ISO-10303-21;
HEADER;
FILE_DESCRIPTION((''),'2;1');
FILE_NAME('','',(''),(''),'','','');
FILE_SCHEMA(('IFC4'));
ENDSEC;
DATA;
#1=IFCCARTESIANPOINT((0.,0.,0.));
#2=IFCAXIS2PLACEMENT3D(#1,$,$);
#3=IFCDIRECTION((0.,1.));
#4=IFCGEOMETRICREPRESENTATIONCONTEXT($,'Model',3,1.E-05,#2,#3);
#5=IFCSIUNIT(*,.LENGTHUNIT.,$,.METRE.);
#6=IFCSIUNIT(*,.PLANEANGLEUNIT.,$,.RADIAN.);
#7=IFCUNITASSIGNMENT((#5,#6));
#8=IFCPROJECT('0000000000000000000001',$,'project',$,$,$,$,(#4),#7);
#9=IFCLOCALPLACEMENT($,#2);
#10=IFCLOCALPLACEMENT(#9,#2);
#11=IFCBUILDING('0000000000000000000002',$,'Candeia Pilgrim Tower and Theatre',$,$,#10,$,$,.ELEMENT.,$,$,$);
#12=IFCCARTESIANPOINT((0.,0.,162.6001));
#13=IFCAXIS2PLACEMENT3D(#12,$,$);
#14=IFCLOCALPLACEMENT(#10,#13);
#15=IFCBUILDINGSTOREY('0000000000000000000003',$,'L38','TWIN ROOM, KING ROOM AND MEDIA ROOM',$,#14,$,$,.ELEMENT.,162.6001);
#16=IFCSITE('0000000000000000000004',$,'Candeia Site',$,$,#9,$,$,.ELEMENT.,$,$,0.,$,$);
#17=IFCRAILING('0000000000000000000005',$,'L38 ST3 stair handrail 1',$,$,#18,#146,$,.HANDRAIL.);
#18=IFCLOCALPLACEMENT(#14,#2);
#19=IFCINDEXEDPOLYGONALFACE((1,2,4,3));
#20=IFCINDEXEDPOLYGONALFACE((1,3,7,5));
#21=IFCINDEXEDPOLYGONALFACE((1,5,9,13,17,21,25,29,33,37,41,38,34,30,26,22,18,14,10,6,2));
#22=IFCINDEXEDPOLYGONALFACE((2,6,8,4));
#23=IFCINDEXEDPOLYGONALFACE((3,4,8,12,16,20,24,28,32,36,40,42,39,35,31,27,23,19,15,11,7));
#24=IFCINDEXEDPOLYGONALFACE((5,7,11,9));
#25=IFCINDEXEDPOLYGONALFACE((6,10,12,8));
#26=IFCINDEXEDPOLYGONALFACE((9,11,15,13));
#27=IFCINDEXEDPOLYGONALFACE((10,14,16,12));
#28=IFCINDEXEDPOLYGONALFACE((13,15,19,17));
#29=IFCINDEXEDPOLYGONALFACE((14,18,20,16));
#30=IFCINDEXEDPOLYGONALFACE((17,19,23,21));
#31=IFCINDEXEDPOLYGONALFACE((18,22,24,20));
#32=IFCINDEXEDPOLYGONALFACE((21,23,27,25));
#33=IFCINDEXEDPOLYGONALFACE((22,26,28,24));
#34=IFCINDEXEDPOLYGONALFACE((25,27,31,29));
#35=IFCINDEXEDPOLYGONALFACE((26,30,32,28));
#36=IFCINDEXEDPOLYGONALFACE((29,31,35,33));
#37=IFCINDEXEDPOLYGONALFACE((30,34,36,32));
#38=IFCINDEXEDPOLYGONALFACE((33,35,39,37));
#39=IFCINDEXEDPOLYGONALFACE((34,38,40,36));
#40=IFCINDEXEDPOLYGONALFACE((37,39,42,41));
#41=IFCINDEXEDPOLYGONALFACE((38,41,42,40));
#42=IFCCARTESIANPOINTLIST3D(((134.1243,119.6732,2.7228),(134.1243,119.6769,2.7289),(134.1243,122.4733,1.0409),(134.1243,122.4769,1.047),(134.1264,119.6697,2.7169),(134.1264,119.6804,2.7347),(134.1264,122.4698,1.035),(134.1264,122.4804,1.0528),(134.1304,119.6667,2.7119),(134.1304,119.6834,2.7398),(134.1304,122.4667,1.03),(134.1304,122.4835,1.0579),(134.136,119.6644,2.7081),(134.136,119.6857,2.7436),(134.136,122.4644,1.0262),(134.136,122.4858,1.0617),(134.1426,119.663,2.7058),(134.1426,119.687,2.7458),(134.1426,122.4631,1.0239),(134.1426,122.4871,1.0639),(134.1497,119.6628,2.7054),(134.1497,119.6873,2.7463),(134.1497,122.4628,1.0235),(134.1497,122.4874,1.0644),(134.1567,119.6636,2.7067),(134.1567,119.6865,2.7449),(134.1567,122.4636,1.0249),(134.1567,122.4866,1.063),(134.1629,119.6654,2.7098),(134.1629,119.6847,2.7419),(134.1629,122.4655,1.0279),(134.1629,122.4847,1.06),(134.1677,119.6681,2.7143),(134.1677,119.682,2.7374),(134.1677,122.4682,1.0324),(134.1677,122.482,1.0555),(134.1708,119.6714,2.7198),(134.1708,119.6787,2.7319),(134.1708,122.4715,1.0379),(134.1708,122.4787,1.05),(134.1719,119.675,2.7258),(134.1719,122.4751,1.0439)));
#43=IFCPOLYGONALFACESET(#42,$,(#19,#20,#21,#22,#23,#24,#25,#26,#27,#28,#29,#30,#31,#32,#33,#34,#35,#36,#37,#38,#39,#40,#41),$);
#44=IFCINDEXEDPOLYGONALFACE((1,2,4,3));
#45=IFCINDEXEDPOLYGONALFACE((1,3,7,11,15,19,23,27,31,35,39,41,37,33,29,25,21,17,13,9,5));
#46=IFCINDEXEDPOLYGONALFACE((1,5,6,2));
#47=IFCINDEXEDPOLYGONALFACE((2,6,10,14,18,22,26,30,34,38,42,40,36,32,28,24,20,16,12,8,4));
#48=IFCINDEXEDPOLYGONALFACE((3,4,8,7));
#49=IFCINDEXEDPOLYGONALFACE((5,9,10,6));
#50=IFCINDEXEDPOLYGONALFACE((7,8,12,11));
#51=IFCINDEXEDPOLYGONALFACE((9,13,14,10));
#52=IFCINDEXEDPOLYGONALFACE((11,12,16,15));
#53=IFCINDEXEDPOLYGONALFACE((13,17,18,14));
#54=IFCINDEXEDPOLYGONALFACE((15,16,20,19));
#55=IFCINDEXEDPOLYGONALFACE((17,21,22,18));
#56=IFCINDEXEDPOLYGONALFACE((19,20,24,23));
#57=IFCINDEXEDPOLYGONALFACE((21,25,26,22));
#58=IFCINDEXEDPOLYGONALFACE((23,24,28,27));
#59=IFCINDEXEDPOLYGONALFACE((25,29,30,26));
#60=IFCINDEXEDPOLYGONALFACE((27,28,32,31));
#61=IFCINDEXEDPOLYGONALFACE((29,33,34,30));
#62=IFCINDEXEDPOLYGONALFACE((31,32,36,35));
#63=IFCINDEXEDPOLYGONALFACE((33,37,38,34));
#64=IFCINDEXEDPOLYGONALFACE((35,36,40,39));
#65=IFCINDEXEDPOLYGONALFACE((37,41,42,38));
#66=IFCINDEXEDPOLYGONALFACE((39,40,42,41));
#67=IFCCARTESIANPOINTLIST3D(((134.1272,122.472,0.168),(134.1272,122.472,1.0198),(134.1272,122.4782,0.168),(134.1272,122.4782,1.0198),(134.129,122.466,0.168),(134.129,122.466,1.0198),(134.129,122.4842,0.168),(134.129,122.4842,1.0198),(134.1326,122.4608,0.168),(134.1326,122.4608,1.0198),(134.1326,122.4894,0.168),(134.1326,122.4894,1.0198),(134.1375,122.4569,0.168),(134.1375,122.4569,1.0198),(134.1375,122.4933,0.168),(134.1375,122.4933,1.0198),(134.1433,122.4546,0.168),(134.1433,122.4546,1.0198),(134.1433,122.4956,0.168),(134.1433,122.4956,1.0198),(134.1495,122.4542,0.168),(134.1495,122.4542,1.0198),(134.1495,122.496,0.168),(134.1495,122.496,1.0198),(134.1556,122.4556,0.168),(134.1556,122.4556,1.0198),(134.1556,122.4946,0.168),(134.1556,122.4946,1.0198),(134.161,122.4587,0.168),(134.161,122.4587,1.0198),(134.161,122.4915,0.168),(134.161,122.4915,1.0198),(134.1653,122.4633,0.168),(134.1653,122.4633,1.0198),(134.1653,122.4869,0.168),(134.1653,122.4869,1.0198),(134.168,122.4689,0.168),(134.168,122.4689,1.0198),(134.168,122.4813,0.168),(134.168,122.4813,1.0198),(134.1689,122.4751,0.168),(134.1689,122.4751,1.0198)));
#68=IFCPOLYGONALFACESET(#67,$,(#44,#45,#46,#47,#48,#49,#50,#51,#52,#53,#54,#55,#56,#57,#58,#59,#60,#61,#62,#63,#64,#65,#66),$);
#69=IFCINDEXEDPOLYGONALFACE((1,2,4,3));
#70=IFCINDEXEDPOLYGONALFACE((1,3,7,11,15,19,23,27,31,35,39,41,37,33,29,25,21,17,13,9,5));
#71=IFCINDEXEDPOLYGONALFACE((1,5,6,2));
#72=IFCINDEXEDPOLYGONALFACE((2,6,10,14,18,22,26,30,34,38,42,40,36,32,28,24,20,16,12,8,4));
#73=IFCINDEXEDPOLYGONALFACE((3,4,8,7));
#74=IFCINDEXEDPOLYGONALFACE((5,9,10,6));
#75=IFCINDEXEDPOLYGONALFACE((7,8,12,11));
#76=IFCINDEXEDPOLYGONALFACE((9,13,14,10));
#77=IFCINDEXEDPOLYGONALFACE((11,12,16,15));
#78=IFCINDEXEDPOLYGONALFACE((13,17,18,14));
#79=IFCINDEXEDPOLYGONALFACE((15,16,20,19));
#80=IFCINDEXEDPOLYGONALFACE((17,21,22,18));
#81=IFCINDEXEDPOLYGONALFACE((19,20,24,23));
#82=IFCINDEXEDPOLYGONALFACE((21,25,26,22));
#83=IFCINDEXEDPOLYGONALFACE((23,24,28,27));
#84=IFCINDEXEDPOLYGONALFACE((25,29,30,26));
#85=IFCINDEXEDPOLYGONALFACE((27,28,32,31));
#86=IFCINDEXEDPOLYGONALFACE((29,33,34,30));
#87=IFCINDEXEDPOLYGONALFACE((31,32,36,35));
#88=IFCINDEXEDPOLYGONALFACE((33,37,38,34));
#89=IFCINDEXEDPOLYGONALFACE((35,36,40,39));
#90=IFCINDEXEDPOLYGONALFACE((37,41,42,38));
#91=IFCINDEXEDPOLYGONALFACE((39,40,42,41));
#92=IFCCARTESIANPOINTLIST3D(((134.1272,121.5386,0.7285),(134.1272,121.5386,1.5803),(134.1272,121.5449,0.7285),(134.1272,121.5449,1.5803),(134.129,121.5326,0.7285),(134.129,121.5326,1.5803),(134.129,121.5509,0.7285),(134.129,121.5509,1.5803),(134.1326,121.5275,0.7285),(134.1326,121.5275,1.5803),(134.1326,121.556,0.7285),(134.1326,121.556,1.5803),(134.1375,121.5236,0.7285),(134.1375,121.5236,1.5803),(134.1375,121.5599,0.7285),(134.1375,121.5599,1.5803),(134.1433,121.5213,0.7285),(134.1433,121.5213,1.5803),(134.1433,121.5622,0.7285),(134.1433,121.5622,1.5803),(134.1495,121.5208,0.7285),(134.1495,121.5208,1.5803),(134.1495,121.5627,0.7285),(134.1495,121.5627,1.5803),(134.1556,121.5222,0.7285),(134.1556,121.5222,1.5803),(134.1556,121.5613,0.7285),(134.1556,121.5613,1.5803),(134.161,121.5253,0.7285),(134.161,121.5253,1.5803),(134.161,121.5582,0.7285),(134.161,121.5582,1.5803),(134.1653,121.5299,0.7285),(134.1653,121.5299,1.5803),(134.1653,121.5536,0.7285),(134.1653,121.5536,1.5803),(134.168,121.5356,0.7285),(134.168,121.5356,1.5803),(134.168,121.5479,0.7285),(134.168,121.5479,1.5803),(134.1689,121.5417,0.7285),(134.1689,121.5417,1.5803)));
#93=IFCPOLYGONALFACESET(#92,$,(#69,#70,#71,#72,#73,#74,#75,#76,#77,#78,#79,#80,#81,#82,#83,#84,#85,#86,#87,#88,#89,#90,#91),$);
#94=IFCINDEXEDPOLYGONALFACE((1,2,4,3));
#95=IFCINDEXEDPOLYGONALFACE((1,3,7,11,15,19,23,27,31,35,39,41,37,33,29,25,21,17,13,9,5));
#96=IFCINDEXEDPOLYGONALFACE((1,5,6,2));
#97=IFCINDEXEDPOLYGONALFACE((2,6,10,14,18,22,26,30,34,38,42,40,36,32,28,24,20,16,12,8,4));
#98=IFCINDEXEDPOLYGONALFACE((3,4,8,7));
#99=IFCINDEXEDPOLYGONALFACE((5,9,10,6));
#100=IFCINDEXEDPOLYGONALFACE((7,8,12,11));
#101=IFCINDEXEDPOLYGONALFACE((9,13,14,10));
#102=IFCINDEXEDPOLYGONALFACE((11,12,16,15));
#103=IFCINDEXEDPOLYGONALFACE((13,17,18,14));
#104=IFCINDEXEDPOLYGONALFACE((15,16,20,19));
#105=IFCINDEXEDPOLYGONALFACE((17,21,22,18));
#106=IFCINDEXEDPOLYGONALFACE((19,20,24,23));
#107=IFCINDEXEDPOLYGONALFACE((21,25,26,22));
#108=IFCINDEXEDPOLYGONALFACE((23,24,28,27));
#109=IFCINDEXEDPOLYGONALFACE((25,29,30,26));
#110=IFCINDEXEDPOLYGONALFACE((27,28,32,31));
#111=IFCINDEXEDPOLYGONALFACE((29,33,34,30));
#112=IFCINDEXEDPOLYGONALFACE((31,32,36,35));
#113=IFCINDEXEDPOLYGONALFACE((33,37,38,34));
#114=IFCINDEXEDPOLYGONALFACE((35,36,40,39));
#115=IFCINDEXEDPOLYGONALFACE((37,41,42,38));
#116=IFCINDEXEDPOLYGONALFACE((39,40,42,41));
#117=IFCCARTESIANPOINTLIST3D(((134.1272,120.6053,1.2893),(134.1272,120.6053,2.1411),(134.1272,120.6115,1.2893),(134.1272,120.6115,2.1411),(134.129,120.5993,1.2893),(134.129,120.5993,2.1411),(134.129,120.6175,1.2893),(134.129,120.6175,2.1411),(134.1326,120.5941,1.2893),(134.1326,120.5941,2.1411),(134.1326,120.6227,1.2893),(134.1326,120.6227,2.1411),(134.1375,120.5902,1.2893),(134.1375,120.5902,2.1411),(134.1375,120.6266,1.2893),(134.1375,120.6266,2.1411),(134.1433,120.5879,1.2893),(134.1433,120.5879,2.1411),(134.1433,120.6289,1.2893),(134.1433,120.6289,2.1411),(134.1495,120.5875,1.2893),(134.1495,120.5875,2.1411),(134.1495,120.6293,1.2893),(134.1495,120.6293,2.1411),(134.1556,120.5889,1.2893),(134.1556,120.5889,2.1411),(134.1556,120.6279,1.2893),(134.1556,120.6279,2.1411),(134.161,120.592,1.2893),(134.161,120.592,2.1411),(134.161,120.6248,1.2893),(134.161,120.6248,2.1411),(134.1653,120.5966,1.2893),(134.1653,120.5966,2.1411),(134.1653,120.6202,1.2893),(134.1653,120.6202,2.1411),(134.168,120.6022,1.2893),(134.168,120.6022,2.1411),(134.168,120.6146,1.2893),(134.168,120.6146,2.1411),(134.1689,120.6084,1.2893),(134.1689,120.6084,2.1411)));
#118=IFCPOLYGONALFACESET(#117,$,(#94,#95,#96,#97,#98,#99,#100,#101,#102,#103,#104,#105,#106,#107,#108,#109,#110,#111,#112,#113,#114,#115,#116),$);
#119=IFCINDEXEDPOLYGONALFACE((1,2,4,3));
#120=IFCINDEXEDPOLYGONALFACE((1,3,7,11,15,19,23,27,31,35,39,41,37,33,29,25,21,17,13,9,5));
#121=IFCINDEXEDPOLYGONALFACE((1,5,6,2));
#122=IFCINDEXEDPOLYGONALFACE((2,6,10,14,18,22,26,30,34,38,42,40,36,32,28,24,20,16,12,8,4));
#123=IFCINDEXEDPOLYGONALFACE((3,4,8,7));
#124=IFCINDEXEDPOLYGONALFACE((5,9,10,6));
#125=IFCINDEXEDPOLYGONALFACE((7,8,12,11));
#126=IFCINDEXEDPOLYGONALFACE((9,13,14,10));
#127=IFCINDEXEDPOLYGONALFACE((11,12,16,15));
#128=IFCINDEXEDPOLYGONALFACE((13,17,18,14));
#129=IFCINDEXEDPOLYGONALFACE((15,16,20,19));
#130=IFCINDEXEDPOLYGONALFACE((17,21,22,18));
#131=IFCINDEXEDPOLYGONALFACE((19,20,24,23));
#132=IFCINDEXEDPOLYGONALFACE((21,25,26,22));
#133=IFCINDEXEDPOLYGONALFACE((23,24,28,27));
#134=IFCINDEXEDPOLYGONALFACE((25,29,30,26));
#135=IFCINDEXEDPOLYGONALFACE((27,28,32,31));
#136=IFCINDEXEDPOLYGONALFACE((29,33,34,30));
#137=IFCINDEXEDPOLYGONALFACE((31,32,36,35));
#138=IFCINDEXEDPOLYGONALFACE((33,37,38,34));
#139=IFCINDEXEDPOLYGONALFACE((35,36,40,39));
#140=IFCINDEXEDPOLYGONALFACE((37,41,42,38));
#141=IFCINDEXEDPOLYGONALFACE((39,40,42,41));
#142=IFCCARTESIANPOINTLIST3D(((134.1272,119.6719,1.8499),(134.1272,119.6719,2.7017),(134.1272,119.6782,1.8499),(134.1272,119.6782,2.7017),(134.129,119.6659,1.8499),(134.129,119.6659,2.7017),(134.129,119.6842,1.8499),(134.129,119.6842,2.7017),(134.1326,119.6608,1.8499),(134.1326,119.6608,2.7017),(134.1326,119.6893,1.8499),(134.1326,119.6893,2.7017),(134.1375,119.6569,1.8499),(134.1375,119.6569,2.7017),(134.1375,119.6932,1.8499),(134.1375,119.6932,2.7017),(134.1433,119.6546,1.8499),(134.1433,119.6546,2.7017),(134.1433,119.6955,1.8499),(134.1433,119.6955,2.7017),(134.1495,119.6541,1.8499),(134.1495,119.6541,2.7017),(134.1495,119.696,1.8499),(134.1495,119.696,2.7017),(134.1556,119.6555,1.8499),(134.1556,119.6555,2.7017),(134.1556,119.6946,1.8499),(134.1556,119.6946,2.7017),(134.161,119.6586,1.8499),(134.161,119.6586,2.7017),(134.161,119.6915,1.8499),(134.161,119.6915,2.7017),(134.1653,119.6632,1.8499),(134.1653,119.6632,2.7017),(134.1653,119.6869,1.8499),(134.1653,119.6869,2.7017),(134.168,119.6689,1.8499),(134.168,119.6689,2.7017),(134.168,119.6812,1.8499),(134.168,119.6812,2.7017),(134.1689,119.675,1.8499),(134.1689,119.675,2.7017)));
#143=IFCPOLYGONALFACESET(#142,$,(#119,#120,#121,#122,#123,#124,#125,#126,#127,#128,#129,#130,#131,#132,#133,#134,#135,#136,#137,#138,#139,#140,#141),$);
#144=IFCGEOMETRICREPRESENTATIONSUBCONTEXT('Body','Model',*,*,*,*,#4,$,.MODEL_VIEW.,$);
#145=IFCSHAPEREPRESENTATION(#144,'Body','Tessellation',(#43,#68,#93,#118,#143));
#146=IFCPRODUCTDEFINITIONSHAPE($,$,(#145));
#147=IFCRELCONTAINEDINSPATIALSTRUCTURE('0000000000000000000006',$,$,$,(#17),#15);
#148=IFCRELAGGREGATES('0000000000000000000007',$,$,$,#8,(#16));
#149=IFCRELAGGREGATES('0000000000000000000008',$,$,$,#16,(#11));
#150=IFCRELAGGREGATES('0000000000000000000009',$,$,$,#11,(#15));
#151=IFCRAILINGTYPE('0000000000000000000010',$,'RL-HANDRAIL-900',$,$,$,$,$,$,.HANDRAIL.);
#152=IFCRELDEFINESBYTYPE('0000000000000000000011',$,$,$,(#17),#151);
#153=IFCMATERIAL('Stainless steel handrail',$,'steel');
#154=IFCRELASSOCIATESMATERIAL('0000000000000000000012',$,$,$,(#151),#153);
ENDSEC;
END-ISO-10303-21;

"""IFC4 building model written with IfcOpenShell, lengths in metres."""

from ifc_helpers import new_model, si_unit, direction, frame, origin, origin_2d, place, context, subcontext, project, spatial, circle, extrude, material, type_object, element, save


model = new_model("IFC4")

# Units and contexts
model_context = context("Model", 3, precision=1e-05, world=origin(), true_north=direction((0.0, 1.0)))
body_context = subcontext(model_context, "Body", "Model", "MODEL_VIEW")
ifc_project = project(units=[si_unit("LENGTHUNIT", "METRE"), si_unit("PLANEANGLEUNIT", "RADIAN")], contexts=[model_context])

# Site, building, storey
site_placement = place(None, origin())
site = spatial("IfcSite", under=ifc_project, at=site_placement, Name="Candeia Site", CompositionType="ELEMENT", RefElevation=0.0)
building_placement = place(site_placement, origin())
building = spatial("IfcBuilding", under=site, at=building_placement, Name="Candeia Pilgrim Tower and Theatre", CompositionType="ELEMENT")
storey_placement = place(building_placement, frame((0.0, 0.0, 162.6001)))
storey = spatial("IfcBuildingStorey", under=building, at=storey_placement, Name="L38", Description="TWIN ROOM, KING ROOM AND MEDIA ROOM", CompositionType="ELEMENT", Elevation=162.6001)

# Railing
ifc_material_1 = material(Name="Stainless steel handrail", Category="steel")
railing_type_1 = type_object("IfcRailingType", Name="RL-HANDRAIL-900", PredefinedType="HANDRAIL", material=ifc_material_1)
railing_1_placement = place(storey_placement, frame((134.1479, 122.4751, 0.168)))
element("IfcRailing", 1, at=railing_1_placement, inside=storey, type_object=railing_type_1, Name="L38 ST3 stair handrail 1", PredefinedType="HANDRAIL", context=body_context, shape_type="SweptSolid", body=[
    extrude(circle(Radius=0.0239, at=origin_2d()), frame((0.0, 0.0, 0.876), z_axis=(0.0, -0.857242, 0.514913), x_axis=(1.0, 0.0, 0.0)), (0.0, 0.0, 1.0), 3.2664),
    extrude(circle(Radius=0.021, at=origin_2d()), origin(), (0.0, 0.0, 1.0), 0.8518),
    extrude(circle(Radius=0.021, at=origin_2d()), frame((0.0, -0.9333, 0.5605)), (0.0, 0.0, 1.0), 0.8518),
    extrude(circle(Radius=0.021, at=origin_2d()), frame((0.0, -1.8667, 1.1213)), (0.0, 0.0, 1.0), 0.8518),
    extrude(circle(Radius=0.021, at=origin_2d()), frame((0.0, -2.8, 1.6819)), (0.0, 0.0, 1.0), 0.8518),
])

save(model, "model.ifc")
